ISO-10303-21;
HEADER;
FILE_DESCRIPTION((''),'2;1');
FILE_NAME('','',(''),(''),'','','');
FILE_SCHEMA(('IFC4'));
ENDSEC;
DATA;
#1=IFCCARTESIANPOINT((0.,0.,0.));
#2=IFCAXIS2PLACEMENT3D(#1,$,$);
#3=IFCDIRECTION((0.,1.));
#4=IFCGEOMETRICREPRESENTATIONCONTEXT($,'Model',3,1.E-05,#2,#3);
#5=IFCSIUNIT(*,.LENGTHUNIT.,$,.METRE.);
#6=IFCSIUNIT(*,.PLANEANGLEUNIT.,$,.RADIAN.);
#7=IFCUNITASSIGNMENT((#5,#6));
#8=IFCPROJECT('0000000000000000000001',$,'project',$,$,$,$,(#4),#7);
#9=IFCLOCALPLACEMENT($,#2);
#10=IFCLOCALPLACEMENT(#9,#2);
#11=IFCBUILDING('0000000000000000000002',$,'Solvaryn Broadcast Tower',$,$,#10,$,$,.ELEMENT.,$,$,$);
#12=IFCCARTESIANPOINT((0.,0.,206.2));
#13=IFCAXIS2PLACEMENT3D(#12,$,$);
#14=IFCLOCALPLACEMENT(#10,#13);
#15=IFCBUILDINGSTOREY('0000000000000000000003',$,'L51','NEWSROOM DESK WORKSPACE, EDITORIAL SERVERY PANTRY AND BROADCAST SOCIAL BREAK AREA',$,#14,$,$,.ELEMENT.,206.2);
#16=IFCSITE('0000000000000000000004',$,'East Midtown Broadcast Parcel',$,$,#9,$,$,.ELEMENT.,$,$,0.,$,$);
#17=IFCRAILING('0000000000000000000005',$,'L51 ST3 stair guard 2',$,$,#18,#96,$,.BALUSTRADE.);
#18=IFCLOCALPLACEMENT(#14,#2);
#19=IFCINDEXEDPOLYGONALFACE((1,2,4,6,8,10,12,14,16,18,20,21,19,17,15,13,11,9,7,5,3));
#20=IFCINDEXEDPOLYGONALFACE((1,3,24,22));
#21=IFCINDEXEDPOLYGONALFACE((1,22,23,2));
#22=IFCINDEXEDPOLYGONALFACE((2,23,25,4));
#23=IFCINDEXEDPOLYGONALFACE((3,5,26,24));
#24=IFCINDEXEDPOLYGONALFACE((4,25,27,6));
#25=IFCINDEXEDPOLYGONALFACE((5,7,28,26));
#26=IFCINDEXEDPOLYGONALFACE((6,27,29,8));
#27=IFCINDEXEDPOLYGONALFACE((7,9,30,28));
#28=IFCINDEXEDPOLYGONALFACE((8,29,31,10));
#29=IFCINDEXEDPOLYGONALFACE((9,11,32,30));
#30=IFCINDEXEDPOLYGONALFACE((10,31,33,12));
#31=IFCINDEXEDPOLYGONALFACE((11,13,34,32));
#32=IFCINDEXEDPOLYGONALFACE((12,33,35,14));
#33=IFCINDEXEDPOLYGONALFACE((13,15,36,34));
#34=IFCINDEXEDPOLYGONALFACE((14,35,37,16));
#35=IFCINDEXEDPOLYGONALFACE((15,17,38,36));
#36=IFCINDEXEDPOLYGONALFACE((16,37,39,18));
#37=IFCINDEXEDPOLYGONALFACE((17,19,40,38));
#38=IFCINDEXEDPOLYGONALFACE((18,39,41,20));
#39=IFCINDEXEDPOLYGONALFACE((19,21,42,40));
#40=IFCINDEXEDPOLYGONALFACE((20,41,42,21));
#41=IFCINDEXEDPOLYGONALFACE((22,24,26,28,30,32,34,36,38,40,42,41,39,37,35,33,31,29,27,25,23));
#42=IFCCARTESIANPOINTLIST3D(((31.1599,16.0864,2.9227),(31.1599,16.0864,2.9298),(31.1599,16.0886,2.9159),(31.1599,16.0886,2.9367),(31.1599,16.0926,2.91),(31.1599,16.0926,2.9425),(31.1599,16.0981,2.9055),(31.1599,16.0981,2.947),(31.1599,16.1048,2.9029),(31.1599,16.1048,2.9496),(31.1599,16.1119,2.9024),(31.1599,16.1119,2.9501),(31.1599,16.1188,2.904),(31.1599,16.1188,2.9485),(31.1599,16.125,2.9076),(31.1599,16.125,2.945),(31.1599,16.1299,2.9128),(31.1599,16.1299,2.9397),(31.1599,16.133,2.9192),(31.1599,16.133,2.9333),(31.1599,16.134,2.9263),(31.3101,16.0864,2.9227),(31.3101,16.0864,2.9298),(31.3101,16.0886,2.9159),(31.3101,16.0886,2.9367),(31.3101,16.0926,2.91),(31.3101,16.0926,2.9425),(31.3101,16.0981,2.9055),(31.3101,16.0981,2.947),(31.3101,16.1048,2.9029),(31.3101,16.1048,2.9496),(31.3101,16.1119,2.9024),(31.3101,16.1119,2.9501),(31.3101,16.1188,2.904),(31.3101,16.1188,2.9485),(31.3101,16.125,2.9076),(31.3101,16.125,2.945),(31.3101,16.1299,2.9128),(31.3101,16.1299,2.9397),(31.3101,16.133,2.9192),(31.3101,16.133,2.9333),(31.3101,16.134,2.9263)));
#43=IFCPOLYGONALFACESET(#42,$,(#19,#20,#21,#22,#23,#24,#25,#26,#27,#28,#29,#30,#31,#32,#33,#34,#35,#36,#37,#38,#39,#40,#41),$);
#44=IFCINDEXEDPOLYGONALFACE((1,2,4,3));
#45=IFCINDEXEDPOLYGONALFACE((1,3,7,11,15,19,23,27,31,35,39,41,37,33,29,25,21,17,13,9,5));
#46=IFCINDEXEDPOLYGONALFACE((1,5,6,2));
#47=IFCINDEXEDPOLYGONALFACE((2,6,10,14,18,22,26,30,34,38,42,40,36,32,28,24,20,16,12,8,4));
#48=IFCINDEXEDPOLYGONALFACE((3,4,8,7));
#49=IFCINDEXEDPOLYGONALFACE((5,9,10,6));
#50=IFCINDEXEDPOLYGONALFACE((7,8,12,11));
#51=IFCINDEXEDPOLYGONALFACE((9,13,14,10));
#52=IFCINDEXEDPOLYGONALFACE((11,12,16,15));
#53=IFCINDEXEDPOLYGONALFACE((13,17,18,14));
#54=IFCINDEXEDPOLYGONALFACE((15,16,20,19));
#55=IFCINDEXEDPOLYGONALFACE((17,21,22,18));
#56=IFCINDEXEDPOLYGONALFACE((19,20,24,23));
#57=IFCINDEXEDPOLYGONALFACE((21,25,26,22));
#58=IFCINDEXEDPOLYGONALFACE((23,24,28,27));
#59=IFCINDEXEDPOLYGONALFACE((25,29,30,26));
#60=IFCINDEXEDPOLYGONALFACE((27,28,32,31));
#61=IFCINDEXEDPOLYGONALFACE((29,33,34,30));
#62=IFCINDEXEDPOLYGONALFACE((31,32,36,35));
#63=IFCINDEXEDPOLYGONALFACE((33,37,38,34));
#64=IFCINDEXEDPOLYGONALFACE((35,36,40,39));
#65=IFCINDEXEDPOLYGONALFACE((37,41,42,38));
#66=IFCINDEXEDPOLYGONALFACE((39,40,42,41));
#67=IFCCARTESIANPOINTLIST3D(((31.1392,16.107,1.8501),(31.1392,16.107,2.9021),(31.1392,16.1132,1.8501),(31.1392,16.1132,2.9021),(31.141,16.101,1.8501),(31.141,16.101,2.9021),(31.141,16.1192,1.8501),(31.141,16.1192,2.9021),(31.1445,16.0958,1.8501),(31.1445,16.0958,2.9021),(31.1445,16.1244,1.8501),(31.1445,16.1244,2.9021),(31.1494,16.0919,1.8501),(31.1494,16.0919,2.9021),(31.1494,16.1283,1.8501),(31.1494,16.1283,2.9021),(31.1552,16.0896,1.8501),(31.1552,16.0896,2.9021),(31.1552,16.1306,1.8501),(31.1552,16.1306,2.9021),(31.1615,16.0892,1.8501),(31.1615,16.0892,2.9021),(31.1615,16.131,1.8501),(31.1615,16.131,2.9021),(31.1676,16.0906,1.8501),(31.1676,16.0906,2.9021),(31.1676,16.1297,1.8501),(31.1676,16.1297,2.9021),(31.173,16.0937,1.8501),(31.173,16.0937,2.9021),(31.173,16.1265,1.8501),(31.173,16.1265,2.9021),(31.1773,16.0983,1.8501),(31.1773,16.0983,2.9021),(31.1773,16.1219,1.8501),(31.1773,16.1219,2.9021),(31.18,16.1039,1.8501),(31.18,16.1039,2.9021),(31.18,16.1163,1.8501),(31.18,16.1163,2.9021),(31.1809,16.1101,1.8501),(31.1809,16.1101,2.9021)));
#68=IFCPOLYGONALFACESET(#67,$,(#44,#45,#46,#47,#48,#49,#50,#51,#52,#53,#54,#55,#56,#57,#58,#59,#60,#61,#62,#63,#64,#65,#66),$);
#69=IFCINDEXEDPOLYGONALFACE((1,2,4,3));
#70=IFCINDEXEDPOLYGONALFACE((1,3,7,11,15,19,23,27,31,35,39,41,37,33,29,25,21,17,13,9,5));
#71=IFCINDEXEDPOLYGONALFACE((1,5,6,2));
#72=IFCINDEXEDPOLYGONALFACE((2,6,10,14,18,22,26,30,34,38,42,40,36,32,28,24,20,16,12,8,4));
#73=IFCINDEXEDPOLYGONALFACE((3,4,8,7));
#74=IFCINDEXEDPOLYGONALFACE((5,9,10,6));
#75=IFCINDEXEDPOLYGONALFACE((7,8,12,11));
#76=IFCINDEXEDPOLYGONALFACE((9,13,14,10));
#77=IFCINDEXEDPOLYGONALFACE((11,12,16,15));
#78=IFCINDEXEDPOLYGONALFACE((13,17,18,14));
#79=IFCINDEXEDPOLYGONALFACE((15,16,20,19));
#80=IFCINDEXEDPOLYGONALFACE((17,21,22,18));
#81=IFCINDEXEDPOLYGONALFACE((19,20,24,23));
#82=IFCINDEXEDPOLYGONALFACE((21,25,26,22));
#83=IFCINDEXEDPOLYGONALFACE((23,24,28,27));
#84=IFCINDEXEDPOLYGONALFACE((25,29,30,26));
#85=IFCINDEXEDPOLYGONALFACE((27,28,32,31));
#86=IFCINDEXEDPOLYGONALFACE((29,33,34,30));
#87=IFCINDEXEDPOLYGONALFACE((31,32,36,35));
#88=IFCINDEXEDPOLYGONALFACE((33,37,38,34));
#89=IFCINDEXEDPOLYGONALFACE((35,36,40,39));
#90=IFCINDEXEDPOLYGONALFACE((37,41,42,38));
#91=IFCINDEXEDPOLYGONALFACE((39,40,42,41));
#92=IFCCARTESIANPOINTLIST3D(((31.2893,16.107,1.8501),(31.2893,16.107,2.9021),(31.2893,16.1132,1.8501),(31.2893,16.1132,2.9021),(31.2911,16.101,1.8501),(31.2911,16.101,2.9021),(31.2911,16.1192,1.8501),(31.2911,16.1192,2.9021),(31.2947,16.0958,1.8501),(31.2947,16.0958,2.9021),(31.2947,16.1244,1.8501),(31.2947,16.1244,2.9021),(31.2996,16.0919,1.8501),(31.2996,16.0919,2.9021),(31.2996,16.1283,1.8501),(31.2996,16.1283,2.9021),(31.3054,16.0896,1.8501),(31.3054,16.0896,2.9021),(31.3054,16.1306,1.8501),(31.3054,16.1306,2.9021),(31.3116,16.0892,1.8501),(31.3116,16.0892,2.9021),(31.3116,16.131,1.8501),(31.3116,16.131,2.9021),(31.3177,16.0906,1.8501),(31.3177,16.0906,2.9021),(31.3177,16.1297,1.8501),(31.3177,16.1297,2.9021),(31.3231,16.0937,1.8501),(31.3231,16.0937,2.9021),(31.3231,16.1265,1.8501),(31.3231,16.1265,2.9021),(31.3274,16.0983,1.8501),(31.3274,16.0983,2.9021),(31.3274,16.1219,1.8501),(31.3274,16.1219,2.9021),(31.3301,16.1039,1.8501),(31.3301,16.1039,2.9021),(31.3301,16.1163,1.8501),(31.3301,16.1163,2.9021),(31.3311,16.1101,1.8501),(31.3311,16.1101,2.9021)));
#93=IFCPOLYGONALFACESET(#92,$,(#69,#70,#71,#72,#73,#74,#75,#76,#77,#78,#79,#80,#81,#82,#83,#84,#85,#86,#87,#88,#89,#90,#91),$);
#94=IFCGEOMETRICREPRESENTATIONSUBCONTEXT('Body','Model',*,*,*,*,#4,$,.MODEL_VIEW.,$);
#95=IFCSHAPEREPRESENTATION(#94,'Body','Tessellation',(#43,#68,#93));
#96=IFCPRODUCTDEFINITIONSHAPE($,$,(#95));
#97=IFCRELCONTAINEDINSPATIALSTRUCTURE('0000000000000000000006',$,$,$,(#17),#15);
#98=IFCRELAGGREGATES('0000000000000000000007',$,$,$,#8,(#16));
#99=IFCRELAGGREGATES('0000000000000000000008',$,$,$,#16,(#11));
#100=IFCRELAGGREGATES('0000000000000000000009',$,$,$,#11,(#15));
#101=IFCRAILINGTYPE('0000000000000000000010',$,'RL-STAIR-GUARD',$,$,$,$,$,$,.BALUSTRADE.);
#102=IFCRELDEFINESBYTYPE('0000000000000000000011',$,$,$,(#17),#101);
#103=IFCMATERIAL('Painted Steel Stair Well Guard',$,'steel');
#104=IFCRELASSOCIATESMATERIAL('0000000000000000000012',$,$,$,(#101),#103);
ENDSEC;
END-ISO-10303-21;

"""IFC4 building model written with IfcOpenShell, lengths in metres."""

from ifc_helpers import new_model, si_unit, direction, frame, origin, origin_2d, place, context, subcontext, project, spatial, circle, extrude, material, type_object, element, save


model = new_model("IFC4")

# Units and contexts
model_context = context("Model", 3, precision=1e-05, world=origin(), true_north=direction((0.0, 1.0)))
body_context = subcontext(model_context, "Body", "Model", "MODEL_VIEW")
ifc_project = project(units=[si_unit("LENGTHUNIT", "METRE"), si_unit("PLANEANGLEUNIT", "RADIAN")], contexts=[model_context])

# Site, building, storey
site_placement = place(None, origin())
site = spatial("IfcSite", under=ifc_project, at=site_placement, Name="East Midtown Broadcast Parcel", CompositionType="ELEMENT", RefElevation=0.0)
building_placement = place(site_placement, origin())
building = spatial("IfcBuilding", under=site, at=building_placement, Name="Solvaryn Broadcast Tower", CompositionType="ELEMENT")
storey_placement = place(building_placement, frame((0.0, 0.0, 206.2)))
storey = spatial("IfcBuildingStorey", under=building, at=storey_placement, Name="L51", Description="NEWSROOM DESK WORKSPACE, EDITORIAL SERVERY PANTRY AND BROADCAST SOCIAL BREAK AREA", CompositionType="ELEMENT", Elevation=206.2)

# Railing
ifc_material_1 = material(Name="Painted Steel Stair Well Guard", Category="steel")
railing_type_1 = type_object("IfcRailingType", Name="RL-STAIR-GUARD", PredefinedType="BALUSTRADE", material=ifc_material_1)
railing_1_placement = place(storey_placement, frame((31.1599, 16.1101, 1.8501)))
element("IfcRailing", 1, at=railing_1_placement, inside=storey, type_object=railing_type_1, Name="L51 ST3 stair guard 2", PredefinedType="BALUSTRADE", context=body_context, shape_type="SweptSolid", body=[
    extrude(circle(Radius=0.0239, at=origin_2d()), frame((0.0, 0.0, 1.0762), z_axis=(1.0, 0.0, 0.0), x_axis=(0.0, 1.0, 0.0)), (0.0, 0.0, 1.0), 0.1501),
    extrude(circle(Radius=0.021, at=origin_2d()), origin(), (0.0, 0.0, 1.0), 1.052),
    extrude(circle(Radius=0.021, at=origin_2d()), frame((0.1501, 0.0, 0.0)), (0.0, 0.0, 1.0), 1.052),
])

save(model, "model.ifc")
